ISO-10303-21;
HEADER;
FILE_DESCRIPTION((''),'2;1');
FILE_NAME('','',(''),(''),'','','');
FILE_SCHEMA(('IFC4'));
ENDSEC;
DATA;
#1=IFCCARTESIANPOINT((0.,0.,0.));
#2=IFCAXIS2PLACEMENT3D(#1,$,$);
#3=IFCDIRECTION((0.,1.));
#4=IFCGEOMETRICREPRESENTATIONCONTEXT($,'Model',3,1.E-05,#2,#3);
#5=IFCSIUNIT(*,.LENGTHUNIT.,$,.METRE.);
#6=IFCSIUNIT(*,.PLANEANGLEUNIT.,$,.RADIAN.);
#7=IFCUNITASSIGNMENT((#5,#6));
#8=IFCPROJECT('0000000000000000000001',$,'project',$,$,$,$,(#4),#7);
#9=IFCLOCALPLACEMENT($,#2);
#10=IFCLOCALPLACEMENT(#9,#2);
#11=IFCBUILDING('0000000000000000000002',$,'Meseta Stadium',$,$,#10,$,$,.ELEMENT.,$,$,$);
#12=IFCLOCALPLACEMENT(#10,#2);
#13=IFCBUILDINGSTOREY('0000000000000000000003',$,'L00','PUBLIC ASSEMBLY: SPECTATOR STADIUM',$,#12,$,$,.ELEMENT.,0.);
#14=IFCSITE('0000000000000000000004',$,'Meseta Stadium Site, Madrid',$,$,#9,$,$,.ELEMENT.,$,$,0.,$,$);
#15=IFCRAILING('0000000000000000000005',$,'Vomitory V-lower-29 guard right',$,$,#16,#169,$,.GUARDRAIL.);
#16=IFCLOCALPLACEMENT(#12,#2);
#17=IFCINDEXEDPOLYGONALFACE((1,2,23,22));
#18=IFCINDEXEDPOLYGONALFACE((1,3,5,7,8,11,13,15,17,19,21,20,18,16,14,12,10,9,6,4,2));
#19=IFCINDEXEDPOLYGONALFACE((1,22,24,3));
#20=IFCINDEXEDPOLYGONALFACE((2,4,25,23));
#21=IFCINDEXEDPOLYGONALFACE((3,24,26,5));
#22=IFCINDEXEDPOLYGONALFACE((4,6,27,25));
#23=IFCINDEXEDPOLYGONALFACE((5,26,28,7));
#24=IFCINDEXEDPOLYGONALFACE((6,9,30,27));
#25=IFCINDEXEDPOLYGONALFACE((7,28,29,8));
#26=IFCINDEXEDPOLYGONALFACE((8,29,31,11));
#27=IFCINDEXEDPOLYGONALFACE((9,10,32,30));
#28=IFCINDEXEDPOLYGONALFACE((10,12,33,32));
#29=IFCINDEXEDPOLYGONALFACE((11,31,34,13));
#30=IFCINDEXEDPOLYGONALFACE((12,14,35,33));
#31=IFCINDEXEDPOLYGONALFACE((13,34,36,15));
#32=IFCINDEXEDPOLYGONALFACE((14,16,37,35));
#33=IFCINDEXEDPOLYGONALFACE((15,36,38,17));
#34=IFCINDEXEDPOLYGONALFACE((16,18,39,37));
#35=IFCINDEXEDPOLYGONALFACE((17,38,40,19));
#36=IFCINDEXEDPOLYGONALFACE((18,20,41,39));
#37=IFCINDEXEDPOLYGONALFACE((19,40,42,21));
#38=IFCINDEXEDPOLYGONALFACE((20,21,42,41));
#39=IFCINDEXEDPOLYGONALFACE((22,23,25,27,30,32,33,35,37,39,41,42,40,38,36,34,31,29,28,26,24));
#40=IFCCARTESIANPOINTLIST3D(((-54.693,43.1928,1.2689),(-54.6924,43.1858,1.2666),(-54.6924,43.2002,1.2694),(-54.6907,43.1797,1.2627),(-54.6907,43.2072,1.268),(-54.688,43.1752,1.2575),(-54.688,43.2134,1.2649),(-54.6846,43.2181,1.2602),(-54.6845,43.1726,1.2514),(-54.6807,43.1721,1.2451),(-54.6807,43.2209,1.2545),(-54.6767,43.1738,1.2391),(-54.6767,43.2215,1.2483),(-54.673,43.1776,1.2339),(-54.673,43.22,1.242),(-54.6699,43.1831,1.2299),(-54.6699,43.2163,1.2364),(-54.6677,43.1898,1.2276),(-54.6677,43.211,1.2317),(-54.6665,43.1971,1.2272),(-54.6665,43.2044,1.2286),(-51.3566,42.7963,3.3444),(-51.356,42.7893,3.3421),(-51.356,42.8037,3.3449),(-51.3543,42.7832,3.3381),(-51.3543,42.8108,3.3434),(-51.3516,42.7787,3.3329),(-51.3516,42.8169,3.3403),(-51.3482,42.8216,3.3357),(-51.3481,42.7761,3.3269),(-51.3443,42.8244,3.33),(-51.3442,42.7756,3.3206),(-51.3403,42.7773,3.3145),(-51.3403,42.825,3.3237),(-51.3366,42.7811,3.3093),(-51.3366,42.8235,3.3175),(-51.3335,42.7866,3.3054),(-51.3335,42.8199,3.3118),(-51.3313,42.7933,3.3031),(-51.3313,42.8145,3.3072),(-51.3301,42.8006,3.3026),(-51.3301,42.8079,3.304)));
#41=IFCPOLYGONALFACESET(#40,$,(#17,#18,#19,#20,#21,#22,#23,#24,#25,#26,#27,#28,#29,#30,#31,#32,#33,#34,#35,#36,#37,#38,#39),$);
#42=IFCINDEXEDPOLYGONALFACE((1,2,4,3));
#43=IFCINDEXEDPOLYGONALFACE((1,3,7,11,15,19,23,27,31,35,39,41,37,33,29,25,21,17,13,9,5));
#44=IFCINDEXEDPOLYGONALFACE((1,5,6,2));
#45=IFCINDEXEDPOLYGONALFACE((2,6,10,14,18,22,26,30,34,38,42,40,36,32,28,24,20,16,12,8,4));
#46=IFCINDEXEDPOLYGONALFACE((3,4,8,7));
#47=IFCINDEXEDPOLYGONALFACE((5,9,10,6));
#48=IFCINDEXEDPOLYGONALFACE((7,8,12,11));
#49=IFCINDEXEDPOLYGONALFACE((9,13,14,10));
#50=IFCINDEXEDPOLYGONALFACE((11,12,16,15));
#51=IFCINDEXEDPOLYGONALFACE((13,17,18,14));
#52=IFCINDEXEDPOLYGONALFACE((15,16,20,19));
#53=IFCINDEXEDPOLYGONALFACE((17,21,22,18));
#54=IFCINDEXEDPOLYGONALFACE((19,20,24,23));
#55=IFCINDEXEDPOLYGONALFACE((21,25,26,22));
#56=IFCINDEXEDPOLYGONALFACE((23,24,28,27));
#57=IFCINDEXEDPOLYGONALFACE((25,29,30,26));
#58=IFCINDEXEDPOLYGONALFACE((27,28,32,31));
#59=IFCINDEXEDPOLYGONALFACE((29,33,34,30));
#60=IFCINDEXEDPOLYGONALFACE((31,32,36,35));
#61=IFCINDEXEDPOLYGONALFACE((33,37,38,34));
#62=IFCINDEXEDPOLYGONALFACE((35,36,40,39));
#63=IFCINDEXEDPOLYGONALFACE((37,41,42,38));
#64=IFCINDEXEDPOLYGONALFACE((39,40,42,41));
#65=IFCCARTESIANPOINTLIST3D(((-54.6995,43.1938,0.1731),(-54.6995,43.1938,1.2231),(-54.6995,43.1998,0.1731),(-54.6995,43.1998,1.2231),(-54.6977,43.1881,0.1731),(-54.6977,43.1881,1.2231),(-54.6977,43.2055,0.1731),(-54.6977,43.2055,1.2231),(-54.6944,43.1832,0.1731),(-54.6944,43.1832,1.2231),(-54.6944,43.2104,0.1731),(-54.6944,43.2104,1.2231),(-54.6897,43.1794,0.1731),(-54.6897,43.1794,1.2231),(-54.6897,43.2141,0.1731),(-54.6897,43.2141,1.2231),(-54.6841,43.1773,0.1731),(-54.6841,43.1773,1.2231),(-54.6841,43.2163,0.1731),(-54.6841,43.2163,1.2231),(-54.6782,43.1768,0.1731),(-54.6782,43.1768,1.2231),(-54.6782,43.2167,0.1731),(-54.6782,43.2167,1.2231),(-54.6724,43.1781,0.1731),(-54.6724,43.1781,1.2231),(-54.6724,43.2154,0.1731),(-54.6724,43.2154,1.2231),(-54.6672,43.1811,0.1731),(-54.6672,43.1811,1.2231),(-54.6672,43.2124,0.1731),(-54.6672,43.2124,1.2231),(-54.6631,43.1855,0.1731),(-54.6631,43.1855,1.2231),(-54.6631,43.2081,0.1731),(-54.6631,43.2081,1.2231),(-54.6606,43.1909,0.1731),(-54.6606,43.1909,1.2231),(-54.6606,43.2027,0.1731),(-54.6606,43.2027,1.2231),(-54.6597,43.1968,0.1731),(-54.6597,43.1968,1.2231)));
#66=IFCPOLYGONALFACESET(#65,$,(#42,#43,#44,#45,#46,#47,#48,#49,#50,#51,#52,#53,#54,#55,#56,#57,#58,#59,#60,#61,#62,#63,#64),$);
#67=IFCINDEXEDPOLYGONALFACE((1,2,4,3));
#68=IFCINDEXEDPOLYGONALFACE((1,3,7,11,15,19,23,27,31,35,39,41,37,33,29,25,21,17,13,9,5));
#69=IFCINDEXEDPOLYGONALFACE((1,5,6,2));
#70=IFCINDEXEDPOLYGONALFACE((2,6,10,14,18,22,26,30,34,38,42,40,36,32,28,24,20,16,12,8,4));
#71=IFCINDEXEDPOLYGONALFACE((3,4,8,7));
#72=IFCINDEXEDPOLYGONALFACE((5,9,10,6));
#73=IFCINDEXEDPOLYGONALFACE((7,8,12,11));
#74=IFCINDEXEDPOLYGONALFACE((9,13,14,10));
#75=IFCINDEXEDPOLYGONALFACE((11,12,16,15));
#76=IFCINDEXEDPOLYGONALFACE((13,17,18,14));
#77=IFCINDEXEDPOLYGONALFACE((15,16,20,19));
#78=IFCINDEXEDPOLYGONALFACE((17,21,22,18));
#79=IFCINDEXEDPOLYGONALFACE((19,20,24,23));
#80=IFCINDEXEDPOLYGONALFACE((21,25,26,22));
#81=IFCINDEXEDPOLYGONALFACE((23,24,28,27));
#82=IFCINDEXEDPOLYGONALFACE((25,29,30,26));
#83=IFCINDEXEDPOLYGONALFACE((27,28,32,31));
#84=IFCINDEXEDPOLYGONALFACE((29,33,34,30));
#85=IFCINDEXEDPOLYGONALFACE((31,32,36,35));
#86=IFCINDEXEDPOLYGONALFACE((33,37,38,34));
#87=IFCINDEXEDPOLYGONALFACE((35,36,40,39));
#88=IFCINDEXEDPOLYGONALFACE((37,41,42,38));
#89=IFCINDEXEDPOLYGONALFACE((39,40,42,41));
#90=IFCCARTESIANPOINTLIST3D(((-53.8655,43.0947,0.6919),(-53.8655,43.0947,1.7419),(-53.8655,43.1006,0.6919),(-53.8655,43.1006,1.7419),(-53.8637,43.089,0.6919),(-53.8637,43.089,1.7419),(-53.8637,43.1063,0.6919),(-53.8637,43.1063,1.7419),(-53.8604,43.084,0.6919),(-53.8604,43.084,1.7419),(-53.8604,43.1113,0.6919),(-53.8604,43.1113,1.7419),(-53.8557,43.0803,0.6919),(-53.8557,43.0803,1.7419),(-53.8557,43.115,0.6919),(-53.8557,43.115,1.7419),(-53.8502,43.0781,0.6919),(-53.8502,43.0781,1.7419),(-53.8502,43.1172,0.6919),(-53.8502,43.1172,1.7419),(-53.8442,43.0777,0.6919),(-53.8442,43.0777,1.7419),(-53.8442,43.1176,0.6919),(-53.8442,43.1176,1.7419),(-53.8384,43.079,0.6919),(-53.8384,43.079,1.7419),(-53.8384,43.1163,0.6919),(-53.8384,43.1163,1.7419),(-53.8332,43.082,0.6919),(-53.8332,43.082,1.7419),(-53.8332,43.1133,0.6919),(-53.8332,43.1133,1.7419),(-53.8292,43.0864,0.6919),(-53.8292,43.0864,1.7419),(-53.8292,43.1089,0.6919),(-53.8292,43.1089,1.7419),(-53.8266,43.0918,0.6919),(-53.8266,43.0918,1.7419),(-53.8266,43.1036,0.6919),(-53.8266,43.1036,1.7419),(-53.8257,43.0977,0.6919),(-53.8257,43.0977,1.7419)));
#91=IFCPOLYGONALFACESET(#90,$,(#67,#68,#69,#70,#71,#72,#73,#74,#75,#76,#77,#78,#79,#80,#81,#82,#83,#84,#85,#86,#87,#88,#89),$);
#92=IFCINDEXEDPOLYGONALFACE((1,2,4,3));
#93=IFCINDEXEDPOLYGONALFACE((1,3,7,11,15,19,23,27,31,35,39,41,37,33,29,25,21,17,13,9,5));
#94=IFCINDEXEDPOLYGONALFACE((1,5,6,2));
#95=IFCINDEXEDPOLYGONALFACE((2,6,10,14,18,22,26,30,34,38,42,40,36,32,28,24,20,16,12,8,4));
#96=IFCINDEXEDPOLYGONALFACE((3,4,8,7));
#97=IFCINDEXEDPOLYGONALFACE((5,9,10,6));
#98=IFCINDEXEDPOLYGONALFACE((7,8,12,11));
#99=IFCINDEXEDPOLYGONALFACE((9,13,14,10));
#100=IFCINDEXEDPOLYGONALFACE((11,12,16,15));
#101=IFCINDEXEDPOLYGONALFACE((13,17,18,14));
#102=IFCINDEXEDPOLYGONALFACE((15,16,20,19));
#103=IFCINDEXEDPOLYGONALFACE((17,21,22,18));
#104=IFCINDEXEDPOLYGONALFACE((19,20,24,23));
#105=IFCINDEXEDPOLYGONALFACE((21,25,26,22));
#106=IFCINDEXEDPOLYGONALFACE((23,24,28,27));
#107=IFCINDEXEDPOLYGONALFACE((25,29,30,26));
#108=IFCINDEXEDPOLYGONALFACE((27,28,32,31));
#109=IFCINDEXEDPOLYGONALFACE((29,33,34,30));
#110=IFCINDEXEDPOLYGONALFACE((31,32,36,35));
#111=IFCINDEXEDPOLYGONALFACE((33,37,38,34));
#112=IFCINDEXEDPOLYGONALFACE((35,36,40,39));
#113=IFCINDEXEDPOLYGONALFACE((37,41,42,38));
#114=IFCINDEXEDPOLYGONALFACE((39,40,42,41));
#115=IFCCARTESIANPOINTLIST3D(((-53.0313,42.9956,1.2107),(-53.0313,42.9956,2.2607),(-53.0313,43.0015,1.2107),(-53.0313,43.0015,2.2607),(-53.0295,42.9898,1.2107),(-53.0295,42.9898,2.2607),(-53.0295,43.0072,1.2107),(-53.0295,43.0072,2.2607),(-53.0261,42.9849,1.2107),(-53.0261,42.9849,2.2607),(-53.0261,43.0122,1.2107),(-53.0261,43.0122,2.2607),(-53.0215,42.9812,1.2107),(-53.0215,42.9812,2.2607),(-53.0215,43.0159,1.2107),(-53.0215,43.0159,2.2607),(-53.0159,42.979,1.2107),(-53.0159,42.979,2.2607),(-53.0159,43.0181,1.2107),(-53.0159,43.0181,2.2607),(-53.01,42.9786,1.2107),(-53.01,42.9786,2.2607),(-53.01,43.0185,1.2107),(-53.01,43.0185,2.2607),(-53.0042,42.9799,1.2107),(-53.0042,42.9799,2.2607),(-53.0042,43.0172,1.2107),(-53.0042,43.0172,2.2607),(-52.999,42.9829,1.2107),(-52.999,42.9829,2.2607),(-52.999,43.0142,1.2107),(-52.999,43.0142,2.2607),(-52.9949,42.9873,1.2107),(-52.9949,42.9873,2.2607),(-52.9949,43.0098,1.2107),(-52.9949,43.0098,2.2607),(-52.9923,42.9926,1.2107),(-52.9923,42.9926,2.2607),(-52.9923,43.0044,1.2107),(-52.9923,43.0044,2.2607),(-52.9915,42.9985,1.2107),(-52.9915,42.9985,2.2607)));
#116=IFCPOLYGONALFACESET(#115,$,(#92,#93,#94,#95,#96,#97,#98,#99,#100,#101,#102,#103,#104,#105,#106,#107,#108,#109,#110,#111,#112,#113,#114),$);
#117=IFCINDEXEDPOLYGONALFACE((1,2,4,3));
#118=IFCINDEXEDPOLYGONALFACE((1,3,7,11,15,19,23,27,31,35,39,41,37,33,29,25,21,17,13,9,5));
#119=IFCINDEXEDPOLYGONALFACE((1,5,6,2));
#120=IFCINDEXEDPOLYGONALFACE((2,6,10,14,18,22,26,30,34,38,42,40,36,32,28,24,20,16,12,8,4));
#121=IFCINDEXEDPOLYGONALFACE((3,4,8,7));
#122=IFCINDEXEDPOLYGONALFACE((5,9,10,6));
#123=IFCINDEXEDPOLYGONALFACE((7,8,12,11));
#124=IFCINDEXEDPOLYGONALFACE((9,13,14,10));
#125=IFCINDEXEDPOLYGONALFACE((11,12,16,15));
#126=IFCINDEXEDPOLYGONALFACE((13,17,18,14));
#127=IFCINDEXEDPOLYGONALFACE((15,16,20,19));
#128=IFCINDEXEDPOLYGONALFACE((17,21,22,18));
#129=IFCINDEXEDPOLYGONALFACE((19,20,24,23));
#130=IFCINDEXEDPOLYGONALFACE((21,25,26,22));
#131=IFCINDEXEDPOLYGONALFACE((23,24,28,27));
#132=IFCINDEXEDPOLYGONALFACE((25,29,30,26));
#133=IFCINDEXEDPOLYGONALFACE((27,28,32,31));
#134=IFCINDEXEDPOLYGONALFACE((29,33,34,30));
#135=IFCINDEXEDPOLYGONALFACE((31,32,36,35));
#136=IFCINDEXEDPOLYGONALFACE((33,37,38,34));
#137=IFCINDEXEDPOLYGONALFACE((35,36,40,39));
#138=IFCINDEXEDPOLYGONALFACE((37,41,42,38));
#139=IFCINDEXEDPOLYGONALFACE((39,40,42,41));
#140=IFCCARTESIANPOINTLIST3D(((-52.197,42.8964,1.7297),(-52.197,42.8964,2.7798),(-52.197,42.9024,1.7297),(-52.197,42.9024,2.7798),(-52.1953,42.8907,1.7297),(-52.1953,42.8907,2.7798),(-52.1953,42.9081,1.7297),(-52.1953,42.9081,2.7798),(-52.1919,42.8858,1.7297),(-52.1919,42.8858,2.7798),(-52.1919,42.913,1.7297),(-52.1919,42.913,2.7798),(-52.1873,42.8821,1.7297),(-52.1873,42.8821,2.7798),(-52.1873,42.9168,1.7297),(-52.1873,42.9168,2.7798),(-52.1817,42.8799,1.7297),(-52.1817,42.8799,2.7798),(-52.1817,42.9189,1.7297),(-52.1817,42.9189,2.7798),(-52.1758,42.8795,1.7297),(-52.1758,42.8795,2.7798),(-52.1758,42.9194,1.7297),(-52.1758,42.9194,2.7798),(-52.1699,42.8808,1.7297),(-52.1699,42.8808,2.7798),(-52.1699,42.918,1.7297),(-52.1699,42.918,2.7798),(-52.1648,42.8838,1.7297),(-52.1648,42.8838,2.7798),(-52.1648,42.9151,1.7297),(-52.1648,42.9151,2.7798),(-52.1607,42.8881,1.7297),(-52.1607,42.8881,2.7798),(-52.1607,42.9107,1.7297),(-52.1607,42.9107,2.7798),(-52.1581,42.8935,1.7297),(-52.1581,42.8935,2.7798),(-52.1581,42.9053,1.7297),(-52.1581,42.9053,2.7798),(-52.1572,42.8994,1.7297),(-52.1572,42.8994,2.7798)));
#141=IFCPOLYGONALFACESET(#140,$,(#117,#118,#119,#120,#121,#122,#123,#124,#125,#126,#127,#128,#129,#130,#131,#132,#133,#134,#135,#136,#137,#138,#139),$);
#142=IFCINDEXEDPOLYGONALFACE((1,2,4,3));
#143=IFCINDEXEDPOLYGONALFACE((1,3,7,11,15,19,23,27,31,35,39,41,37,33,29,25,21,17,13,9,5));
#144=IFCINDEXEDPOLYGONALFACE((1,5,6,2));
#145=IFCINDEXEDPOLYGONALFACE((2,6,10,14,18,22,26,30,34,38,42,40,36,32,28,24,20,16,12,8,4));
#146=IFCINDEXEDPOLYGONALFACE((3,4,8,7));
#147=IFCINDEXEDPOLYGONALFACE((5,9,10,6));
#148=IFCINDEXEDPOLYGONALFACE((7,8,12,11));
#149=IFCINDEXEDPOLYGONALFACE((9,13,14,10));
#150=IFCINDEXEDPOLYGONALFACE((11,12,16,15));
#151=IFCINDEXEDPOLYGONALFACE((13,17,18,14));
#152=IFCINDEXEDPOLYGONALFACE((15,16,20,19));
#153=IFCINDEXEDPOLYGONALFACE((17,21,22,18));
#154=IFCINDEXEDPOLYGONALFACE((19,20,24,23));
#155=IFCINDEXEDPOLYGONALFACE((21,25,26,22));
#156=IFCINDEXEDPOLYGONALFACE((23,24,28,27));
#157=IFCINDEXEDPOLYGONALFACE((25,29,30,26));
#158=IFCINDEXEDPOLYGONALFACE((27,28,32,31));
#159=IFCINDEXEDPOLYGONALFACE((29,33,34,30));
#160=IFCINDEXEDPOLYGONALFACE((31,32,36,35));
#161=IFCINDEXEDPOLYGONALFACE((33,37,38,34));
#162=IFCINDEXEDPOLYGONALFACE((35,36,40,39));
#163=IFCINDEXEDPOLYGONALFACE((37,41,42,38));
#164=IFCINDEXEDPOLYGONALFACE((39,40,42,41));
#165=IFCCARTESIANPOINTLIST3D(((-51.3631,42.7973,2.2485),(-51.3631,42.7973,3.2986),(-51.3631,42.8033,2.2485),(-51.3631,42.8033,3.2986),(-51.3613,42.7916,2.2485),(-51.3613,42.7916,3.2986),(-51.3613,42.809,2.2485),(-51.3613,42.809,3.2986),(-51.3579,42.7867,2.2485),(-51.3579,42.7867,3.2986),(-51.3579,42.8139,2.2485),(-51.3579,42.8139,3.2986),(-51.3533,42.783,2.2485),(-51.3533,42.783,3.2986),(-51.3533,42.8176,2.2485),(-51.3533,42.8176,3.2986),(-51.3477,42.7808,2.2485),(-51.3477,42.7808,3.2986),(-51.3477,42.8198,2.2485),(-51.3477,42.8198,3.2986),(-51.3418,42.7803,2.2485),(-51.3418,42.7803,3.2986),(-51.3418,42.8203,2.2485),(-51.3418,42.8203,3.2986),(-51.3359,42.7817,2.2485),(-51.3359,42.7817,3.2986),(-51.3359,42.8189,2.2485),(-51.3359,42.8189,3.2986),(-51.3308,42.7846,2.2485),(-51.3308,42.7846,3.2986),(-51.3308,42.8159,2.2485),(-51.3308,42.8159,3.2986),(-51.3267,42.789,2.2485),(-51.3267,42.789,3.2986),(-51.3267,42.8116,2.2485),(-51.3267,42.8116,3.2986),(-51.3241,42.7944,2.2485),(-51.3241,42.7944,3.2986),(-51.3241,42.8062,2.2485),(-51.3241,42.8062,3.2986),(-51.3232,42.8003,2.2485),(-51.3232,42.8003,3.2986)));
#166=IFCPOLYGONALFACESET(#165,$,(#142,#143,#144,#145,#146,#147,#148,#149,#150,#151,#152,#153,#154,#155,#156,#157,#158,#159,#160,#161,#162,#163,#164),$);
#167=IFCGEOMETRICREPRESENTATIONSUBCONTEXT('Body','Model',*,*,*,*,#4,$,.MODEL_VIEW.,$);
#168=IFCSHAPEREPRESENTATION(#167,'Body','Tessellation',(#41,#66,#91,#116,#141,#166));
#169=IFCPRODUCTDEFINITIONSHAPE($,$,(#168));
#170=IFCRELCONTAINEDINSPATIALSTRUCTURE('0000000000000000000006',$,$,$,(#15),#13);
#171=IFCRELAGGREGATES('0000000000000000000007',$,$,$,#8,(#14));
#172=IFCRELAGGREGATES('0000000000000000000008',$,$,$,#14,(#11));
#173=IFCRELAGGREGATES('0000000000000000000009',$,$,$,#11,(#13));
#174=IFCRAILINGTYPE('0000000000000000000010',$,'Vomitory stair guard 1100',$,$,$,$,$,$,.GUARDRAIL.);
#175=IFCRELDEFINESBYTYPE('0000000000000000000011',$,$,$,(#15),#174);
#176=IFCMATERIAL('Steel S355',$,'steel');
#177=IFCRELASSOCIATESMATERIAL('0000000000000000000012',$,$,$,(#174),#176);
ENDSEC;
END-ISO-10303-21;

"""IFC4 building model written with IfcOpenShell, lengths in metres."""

from ifc_helpers import new_model, si_unit, direction, frame, origin, origin_2d, place, context, subcontext, project, spatial, circle, extrude, material, type_object, element, save


model = new_model("IFC4")

# Units and contexts
model_context = context("Model", 3, precision=1e-05, world=origin(), true_north=direction((0.0, 1.0)))
body_context = subcontext(model_context, "Body", "Model", "MODEL_VIEW")
ifc_project = project(units=[si_unit("LENGTHUNIT", "METRE"), si_unit("PLANEANGLEUNIT", "RADIAN")], contexts=[model_context])

# Site, building, storey
site_placement = place(None, origin())
site = spatial("IfcSite", under=ifc_project, at=site_placement, Name="Meseta Stadium Site, Madrid", CompositionType="ELEMENT", RefElevation=0.0)
building_placement = place(site_placement, origin())
building = spatial("IfcBuilding", under=site, at=building_placement, Name="Meseta Stadium", CompositionType="ELEMENT")
storey_placement = place(building_placement, origin())
storey = spatial("IfcBuildingStorey", under=building, at=storey_placement, Name="L00", Description="PUBLIC ASSEMBLY: SPECTATOR STADIUM", CompositionType="ELEMENT", Elevation=0.0)

# Railing
ifc_material_1 = material(Name="Steel S355", Category="steel")
railing_type_1 = type_object("IfcRailingType", Name="Vomitory stair guard 1100", PredefinedType="GUARDRAIL", material=ifc_material_1)
for number, where, name in (
    (1, (-54.6797, 43.1968, 0.1731), "Vomitory V-lower-29 guard right"),
):
    element("IfcRailing", number, at=place(storey_placement, frame(where)), inside=storey, type_object=railing_type_1, Name=name, PredefinedType="GUARDRAIL", context=body_context, shape_type="SweptSolid", body=[
        extrude(circle(Radius=0.0249, at=origin_2d()), frame((0.0, 0.0, 1.0752), z_axis=(0.84483, -0.100395, 0.525531), x_axis=(0.118005, 0.993013, 0.0)), (0.0, 0.0, 1.0), 3.9492),
        extrude(circle(Radius=0.02, at=origin_2d()), origin(), (0.0, 0.0, 1.0), 1.05),
        extrude(circle(Radius=0.02, at=origin_2d()), frame((0.834, -0.0991, 0.5188)), (0.0, 0.0, 1.0), 1.05),
        extrude(circle(Radius=0.02, at=origin_2d()), frame((1.6682, -0.1982, 1.0376)), (0.0, 0.0, 1.0), 1.05),
        extrude(circle(Radius=0.02, at=origin_2d()), frame((2.5024, -0.2974, 1.5566)), (0.0, 0.0, 1.0), 1.05),
        extrude(circle(Radius=0.02, at=origin_2d()), frame((3.3364, -0.3965, 2.0754)), (0.0, 0.0, 1.0), 1.05),
    ])

save(model, "model.ifc")
